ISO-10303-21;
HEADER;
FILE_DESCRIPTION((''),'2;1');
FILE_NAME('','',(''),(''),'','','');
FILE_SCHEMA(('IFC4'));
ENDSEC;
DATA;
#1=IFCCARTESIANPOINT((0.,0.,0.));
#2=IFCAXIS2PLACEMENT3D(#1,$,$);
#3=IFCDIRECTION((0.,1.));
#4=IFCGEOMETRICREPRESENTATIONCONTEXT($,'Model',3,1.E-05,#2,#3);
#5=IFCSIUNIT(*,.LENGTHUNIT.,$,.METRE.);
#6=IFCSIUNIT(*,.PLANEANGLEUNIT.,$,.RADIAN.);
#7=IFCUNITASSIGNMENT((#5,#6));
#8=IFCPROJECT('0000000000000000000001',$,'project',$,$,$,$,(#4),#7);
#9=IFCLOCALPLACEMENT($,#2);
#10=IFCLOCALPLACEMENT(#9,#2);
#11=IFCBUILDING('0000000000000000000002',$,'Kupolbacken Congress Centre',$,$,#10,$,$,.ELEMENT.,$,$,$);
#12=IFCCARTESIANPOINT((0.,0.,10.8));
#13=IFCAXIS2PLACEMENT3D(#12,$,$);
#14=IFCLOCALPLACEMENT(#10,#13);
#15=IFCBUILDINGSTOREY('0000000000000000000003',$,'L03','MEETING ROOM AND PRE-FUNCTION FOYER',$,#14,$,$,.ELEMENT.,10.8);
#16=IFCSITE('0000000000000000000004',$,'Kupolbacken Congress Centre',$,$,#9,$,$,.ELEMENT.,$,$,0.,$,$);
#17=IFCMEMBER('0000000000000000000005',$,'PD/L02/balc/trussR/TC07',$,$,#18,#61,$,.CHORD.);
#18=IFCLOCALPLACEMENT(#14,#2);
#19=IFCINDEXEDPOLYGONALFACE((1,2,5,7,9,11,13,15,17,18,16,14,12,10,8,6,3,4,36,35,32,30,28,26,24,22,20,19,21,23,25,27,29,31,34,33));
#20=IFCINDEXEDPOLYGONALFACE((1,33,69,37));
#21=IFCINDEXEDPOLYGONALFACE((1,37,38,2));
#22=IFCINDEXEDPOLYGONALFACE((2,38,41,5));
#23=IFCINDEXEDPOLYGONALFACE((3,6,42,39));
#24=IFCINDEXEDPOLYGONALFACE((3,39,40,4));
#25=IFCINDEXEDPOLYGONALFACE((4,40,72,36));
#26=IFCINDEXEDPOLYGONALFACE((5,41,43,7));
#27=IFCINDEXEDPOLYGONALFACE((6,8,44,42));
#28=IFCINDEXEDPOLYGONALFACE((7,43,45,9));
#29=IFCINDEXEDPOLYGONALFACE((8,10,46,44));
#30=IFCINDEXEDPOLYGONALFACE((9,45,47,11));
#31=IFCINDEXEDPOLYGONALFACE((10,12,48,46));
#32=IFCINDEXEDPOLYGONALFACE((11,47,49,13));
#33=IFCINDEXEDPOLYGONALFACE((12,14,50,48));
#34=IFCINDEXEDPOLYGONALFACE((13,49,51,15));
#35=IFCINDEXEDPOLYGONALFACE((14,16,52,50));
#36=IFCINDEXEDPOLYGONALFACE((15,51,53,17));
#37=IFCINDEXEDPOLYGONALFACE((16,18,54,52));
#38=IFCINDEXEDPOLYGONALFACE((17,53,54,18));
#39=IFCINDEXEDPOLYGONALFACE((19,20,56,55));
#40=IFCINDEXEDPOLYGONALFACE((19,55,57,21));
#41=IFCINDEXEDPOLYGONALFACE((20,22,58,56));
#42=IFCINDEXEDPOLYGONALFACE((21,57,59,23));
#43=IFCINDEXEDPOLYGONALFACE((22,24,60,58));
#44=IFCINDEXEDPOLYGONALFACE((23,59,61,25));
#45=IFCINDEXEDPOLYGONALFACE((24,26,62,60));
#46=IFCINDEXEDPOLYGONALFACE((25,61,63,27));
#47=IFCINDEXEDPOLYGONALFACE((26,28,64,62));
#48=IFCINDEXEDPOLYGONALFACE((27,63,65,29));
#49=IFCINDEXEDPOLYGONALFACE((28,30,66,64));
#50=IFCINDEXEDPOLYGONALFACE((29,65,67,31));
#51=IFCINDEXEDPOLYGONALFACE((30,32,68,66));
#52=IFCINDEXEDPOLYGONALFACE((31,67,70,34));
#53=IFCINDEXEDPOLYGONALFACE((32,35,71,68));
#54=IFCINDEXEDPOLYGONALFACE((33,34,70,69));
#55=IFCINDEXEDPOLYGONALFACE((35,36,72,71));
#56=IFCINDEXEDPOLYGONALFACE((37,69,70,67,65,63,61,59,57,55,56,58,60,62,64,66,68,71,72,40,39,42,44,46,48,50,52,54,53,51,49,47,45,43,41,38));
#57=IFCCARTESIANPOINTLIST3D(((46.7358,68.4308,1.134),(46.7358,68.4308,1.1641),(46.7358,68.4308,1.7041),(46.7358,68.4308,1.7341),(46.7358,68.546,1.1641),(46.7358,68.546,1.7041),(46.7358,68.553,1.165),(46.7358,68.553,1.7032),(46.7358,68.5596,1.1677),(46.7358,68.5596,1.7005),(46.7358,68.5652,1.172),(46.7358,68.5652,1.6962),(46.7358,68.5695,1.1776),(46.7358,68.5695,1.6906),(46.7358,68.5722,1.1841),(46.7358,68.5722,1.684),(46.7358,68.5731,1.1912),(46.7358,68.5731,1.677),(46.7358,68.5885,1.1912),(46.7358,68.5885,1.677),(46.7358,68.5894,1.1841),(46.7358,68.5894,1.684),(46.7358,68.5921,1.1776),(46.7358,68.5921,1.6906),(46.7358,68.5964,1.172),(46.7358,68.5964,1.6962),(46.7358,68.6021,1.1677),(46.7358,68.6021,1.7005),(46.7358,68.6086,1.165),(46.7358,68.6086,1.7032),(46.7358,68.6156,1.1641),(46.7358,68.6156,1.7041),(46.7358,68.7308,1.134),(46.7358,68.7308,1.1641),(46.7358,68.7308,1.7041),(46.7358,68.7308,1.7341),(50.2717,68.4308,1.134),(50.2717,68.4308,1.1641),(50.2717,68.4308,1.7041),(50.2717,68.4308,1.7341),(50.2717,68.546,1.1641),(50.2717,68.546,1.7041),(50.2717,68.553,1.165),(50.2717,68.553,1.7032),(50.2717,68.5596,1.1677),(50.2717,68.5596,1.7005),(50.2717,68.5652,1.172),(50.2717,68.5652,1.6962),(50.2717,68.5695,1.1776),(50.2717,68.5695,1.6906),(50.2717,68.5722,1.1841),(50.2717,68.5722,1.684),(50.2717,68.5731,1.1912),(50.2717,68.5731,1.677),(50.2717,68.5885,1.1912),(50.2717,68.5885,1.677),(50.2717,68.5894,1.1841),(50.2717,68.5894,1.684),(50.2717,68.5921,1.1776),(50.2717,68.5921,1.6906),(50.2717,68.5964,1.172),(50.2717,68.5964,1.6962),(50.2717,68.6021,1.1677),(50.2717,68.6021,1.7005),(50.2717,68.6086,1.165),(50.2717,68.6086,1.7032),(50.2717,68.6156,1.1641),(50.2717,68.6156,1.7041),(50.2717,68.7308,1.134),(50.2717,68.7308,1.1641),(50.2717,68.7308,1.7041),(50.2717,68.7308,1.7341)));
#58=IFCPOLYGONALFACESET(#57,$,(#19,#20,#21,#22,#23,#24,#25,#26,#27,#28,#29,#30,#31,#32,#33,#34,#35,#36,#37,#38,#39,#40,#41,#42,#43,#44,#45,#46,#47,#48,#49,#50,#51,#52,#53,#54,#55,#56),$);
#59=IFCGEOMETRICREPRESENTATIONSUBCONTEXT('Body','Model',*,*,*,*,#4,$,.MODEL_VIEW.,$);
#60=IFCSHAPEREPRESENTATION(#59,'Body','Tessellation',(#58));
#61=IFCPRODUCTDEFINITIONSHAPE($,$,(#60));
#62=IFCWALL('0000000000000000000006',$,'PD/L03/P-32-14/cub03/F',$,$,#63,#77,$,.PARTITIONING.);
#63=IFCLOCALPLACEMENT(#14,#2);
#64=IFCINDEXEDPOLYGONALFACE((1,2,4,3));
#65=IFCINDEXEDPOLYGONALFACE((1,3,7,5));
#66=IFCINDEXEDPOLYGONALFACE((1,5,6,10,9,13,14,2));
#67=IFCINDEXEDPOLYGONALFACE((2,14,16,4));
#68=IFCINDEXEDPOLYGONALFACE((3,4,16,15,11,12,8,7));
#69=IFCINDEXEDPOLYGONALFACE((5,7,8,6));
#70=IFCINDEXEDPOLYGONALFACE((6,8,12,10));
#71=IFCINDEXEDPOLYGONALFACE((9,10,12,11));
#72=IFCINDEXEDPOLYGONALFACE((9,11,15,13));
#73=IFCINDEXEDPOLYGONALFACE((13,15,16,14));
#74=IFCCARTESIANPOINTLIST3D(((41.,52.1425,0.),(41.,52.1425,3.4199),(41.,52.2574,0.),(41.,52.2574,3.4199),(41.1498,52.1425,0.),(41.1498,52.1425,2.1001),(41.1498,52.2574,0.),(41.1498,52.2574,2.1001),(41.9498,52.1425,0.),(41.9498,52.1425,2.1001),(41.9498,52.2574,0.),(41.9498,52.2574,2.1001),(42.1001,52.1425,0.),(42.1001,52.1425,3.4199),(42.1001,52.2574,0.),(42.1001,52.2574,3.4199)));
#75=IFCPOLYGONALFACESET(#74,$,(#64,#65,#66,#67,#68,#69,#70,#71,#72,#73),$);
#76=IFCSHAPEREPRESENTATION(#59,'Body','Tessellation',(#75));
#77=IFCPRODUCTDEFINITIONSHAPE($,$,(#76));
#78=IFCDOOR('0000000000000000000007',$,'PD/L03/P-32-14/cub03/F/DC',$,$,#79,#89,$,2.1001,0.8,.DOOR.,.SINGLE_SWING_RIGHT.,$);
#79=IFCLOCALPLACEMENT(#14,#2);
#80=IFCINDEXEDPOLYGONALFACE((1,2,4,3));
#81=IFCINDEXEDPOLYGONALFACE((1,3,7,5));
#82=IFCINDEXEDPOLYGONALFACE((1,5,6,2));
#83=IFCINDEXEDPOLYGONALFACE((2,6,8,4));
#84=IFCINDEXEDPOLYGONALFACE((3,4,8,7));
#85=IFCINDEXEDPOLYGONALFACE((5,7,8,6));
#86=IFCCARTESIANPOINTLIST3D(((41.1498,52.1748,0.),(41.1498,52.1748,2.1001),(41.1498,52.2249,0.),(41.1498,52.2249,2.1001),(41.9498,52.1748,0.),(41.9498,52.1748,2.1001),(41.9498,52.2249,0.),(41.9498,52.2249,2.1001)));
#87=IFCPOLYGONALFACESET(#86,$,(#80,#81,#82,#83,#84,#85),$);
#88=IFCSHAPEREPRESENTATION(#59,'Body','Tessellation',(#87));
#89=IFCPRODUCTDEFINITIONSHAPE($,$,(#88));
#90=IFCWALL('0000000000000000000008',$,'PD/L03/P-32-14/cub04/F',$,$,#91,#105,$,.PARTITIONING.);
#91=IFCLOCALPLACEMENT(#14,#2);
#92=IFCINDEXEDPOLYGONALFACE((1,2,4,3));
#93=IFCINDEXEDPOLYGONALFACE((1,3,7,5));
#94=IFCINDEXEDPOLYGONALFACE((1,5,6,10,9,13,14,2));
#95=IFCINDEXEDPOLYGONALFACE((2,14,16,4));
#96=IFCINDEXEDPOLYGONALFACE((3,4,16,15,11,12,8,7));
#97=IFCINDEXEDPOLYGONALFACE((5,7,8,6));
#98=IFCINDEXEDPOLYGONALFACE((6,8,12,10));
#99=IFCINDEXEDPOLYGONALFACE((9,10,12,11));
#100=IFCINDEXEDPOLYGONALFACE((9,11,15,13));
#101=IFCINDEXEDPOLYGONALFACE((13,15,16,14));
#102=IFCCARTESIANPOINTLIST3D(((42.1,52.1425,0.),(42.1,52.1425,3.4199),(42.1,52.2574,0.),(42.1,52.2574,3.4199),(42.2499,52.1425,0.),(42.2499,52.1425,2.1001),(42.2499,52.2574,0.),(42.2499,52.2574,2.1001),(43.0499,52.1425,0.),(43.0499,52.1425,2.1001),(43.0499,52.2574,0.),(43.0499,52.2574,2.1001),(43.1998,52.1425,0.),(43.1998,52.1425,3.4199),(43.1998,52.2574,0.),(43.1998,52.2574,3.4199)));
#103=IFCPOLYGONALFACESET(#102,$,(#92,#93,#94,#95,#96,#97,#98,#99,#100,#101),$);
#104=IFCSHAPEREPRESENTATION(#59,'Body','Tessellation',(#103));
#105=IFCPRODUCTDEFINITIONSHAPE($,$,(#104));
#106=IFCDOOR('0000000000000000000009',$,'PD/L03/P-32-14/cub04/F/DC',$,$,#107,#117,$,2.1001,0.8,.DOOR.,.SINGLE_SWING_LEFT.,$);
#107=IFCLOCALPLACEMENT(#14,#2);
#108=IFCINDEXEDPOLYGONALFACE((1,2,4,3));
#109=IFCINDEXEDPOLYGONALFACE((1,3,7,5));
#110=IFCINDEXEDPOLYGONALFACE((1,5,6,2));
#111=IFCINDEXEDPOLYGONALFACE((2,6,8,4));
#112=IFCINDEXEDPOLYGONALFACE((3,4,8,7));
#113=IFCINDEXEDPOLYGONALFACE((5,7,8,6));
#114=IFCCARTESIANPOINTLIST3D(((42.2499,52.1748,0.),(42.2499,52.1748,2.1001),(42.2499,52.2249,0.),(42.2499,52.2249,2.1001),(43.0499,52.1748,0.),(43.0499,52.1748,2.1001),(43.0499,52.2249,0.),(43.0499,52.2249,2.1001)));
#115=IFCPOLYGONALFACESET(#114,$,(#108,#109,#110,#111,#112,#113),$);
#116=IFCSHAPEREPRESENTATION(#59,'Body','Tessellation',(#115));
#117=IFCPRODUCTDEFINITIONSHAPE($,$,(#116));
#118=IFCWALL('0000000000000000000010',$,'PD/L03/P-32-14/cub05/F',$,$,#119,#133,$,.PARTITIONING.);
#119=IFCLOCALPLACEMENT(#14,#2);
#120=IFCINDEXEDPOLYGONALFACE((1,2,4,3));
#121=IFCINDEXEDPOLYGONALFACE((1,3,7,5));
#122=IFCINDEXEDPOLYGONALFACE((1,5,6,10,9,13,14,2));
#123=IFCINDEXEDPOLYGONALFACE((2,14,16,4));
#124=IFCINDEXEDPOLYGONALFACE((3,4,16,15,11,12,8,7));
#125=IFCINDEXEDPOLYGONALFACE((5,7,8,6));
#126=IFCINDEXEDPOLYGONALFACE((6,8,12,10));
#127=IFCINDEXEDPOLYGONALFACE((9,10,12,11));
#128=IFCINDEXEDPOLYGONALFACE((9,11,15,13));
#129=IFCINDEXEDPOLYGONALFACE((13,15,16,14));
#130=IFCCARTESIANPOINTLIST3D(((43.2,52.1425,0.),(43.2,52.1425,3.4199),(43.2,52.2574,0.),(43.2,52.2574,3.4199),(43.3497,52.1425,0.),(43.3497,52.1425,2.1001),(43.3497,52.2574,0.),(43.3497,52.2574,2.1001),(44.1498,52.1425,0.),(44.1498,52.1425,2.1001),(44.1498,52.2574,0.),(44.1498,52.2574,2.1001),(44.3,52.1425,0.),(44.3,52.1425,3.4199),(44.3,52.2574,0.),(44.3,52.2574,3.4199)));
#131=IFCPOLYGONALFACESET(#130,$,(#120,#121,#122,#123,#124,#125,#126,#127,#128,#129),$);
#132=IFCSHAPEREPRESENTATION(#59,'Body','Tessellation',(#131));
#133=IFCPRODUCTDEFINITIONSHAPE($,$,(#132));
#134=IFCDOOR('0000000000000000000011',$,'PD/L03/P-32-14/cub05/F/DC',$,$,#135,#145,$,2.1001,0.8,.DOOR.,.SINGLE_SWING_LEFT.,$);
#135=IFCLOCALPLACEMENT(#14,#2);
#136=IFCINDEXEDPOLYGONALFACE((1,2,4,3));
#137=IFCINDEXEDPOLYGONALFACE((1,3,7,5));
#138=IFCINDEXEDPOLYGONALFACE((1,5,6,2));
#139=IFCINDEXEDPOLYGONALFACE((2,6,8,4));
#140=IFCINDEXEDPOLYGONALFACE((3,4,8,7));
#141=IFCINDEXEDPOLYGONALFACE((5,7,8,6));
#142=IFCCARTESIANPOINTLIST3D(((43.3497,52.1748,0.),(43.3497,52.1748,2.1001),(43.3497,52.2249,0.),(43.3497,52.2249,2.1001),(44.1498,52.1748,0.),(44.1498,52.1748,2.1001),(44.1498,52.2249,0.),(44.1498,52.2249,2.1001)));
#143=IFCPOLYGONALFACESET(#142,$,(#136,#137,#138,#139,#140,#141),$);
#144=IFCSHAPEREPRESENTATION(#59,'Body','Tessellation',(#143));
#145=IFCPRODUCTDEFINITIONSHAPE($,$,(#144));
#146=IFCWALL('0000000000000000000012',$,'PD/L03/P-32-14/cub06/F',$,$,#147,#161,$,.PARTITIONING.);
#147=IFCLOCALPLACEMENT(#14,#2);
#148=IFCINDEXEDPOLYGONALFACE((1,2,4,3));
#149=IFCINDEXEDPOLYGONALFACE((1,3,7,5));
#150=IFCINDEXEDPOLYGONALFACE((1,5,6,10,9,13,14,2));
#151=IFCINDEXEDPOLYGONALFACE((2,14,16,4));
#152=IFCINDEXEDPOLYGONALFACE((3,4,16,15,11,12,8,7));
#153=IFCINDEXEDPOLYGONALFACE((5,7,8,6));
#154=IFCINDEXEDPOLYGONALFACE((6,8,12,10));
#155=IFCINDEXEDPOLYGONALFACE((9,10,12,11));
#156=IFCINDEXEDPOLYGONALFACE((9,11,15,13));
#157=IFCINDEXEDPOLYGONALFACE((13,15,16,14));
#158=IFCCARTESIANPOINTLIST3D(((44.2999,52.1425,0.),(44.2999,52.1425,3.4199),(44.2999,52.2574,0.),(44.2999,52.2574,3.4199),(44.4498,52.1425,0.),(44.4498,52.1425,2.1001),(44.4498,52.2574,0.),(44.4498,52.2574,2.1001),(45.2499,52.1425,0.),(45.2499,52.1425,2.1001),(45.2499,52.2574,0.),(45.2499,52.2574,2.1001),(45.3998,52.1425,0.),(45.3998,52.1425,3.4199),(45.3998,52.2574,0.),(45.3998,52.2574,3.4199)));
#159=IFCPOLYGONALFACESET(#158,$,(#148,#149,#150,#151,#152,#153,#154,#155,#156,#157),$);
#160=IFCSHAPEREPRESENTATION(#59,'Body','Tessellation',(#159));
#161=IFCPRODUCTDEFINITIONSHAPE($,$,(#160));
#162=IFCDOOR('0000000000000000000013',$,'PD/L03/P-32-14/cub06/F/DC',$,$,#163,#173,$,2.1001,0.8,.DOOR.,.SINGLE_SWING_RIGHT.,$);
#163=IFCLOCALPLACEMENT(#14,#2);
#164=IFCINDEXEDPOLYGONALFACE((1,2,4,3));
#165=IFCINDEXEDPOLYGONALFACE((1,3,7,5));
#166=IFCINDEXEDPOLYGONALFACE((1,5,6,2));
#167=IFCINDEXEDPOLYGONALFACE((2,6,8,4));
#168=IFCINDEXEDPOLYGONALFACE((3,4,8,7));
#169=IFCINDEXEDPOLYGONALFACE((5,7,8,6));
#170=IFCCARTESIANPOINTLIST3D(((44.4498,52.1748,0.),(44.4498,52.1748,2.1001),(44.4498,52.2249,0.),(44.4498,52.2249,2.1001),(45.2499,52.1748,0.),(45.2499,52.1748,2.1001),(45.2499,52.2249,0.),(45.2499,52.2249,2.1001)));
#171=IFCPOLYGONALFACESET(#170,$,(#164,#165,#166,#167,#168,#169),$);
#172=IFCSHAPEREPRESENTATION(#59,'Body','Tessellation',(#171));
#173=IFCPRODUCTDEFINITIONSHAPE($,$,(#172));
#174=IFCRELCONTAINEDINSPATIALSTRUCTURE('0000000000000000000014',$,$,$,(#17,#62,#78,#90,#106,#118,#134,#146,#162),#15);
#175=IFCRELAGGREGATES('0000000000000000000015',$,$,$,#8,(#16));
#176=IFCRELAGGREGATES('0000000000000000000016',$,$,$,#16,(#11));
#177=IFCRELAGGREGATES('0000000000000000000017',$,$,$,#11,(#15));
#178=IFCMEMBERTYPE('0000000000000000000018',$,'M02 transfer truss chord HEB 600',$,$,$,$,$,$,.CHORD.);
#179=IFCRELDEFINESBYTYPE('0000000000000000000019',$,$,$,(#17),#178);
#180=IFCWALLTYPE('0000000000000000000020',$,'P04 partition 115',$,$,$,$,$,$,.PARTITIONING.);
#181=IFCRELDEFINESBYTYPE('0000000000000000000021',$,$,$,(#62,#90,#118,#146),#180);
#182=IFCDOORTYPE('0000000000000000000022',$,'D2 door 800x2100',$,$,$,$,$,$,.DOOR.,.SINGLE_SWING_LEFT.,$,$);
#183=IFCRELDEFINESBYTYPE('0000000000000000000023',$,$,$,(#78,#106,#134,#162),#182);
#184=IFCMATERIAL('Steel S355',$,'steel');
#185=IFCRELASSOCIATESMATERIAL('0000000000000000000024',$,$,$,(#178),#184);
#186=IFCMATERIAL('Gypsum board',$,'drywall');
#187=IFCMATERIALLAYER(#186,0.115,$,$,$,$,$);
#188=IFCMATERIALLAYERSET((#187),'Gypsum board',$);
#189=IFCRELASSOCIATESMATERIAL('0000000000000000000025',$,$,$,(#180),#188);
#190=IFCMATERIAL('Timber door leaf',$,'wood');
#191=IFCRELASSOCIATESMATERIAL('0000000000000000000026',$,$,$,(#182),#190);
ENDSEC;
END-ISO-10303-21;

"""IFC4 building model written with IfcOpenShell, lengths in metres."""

from ifc_helpers import new_model, si_unit, direction, frame, frame_2d, origin, origin_2d, place, context, subcontext, project, spatial, rectangle, i_section, extrude, material, layer, layer_set, material_profile, profile_set, type_object, element, fill, save


model = new_model("IFC4")

# Units and contexts
model_context = context("Model", 3, precision=1e-05, world=origin(), true_north=direction((0.0, 1.0)))
body_context = subcontext(model_context, "Body", "Model", "MODEL_VIEW")
ifc_project = project(units=[si_unit("LENGTHUNIT", "METRE"), si_unit("PLANEANGLEUNIT", "RADIAN")], contexts=[model_context])

# Site, building, storey
site_placement = place(None, origin())
site = spatial("IfcSite", under=ifc_project, at=site_placement, Name="Kupolbacken Congress Centre", CompositionType="ELEMENT", RefElevation=0.0)
building_placement = place(site_placement, origin())
building = spatial("IfcBuilding", under=site, at=building_placement, Name="Kupolbacken Congress Centre", CompositionType="ELEMENT")
storey_placement = place(building_placement, frame((0.0, 0.0, 10.8)))
storey = spatial("IfcBuildingStorey", under=building, at=storey_placement, Name="L03", Description="MEETING ROOM AND PRE-FUNCTION FOYER", CompositionType="ELEMENT", Elevation=10.8)

# Member
ifc_material_1 = material(Name="Steel S355", Category="steel")
ifc_material_profile_1 = material_profile(ifc_material_1, i_section(OverallWidth=0.3, OverallDepth=0.6001, WebThickness=0.0154, FlangeThickness=0.03, FilletRadius=0.0271, at=origin_2d()), Name="HEB 600")
ifc_profile_set_1 = profile_set([ifc_material_profile_1], Name="Steel S355")
member_type = type_object("IfcMemberType", Name="M02 transfer truss chord HEB 600", PredefinedType="CHORD", material=ifc_profile_set_1)
for number, where, z_axis, x_axis, name in (
    (1, (46.7358, 68.5808, 1.4341), (1.0, 0.0, 0.0), (0.0, 1.0, 0.0), "PD/L02/balc/trussR/TC07"),
):
    element("IfcMember", number, at=place(storey_placement, frame(where, z_axis=z_axis, x_axis=x_axis)), inside=storey, type_object=member_type, Name=name, PredefinedType="CHORD", context=body_context, shape_type="SweptSolid", body=[
        extrude(i_section(OverallWidth=0.3, OverallDepth=0.6001, WebThickness=0.0154, FlangeThickness=0.03, FilletRadius=0.0271, at=origin_2d()), origin(), (0.0, 0.0, 1.0), 3.5359),
    ])

# Walls, openings, doors
ifc_material_2 = material(Name="Gypsum board", Category="drywall")
ifc_layer_1 = layer(ifc_material_2, 0.115)
ifc_layer_set_1 = layer_set([ifc_layer_1], Name="Gypsum board")
wall_type_1 = type_object("IfcWallType", Name="P04 partition 115", PredefinedType="PARTITIONING", material=ifc_layer_set_1)
wall_1_placement = place(storey_placement, frame((41.0, 52.2, 0.0), z_axis=(0.0, 0.0, 1.0), x_axis=(1.0, 0.0, 0.0)))
wall_1 = element("IfcWall", 2, at=wall_1_placement, inside=storey, type_object=wall_type_1, Name="PD/L03/P-32-14/cub03/F", PredefinedType="PARTITIONING", context=body_context, shape_type="SweptSolid", body=[
    extrude(rectangle(XDim=1.1001, YDim=0.115, at=frame_2d((0.55, 0.0))), origin(), (0.0, 0.0, 1.0), 3.4199),
])
opening_1_placement = place(wall_1_placement, frame((0.1499, 0.0, 0.0)))
opening_1 = element("IfcOpeningElement", 3, at=opening_1_placement, cuts=wall_1, PredefinedType="OPENING", context=body_context, shape_type="SweptSolid", body=[
    extrude(rectangle(XDim=0.8, YDim=2.1001, at=frame_2d((0.3999, 1.05))), frame((0.0, 0.0674, 0.0), z_axis=(0.0, -1.0, 0.0), x_axis=(1.0, 0.0, 0.0)), (0.0, 0.0, 1.0), 0.135),
])
ifc_material_3 = material(Name="Timber door leaf", Category="wood")
door_type = type_object("IfcDoorType", Name="D2 door 800x2100", OperationType="SINGLE_SWING_LEFT", PredefinedType="DOOR", material=ifc_material_3)
door_1_placement = place(opening_1_placement, origin())
door_1 = element("IfcDoor", 4, at=door_1_placement, inside=storey, type_object=door_type, Name="PD/L03/P-32-14/cub03/F/DC", OperationType="SINGLE_SWING_RIGHT", OverallHeight=2.1001, OverallWidth=0.8, PredefinedType="DOOR", context=body_context, shape_type="SweptSolid", body=[
    extrude(rectangle(XDim=0.8, YDim=2.1001, at=frame_2d((0.3999, 1.05))), frame((0.0, 0.0249, 0.0), z_axis=(0.0, -1.0, 0.0), x_axis=(1.0, 0.0, 0.0)), (0.0, 0.0, 1.0), 0.05),
])
fill(opening_1, door_1)
wall_2_placement = place(storey_placement, frame((42.1001, 52.2, 0.0), z_axis=(0.0, 0.0, 1.0), x_axis=(1.0, 0.0, 0.0)))
wall_2 = element("IfcWall", 5, at=wall_2_placement, inside=storey, type_object=wall_type_1, Name="PD/L03/P-32-14/cub04/F", PredefinedType="PARTITIONING", context=body_context, shape_type="SweptSolid", body=[
    extrude(rectangle(XDim=1.0999, YDim=0.115, at=frame_2d((0.5498, 0.0))), origin(), (0.0, 0.0, 1.0), 3.4199),
])
opening_2_placement = place(wall_2_placement, frame((0.1499, 0.0, 0.0)))
opening_2 = element("IfcOpeningElement", 6, at=opening_2_placement, cuts=wall_2, PredefinedType="OPENING", context=body_context, shape_type="SweptSolid", body=[
    extrude(rectangle(XDim=0.8, YDim=2.1001, at=frame_2d((0.3999, 1.05))), frame((0.0, 0.0674, 0.0), z_axis=(0.0, -1.0, 0.0), x_axis=(1.0, 0.0, 0.0)), (0.0, 0.0, 1.0), 0.135),
])
door_2_placement = place(opening_2_placement, origin())
door_2 = element("IfcDoor", 7, at=door_2_placement, inside=storey, type_object=door_type, Name="PD/L03/P-32-14/cub04/F/DC", OperationType="SINGLE_SWING_LEFT", OverallHeight=2.1001, OverallWidth=0.8, PredefinedType="DOOR", context=body_context, shape_type="SweptSolid", body=[
    extrude(rectangle(XDim=0.8, YDim=2.1001, at=frame_2d((0.3999, 1.05))), frame((0.0, 0.0249, 0.0), z_axis=(0.0, -1.0, 0.0), x_axis=(1.0, 0.0, 0.0)), (0.0, 0.0, 1.0), 0.05),
])
fill(opening_2, door_2)
wall_3_placement = place(storey_placement, frame((43.2, 52.2, 0.0), z_axis=(0.0, 0.0, 1.0), x_axis=(1.0, 0.0, 0.0)))
wall_3 = element("IfcWall", 8, at=wall_3_placement, inside=storey, type_object=wall_type_1, Name="PD/L03/P-32-14/cub05/F", PredefinedType="PARTITIONING", context=body_context, shape_type="SweptSolid", body=[
    extrude(rectangle(XDim=1.1001, YDim=0.115, at=frame_2d((0.55, 0.0))), origin(), (0.0, 0.0, 1.0), 3.4199),
])
opening_3_placement = place(wall_3_placement, frame((0.1499, 0.0, 0.0)))
opening_3 = element("IfcOpeningElement", 9, at=opening_3_placement, cuts=wall_3, PredefinedType="OPENING", context=body_context, shape_type="SweptSolid", body=[
    extrude(rectangle(XDim=0.8, YDim=2.1001, at=frame_2d((0.3999, 1.05))), frame((0.0, 0.0674, 0.0), z_axis=(0.0, -1.0, 0.0), x_axis=(1.0, 0.0, 0.0)), (0.0, 0.0, 1.0), 0.135),
])
door_3_placement = place(opening_3_placement, origin())
door_3 = element("IfcDoor", 10, at=door_3_placement, inside=storey, type_object=door_type, Name="PD/L03/P-32-14/cub05/F/DC", OperationType="SINGLE_SWING_LEFT", OverallHeight=2.1001, OverallWidth=0.8, PredefinedType="DOOR", context=body_context, shape_type="SweptSolid", body=[
    extrude(rectangle(XDim=0.8, YDim=2.1001, at=frame_2d((0.3999, 1.05))), frame((0.0, 0.0249, 0.0), z_axis=(0.0, -1.0, 0.0), x_axis=(1.0, 0.0, 0.0)), (0.0, 0.0, 1.0), 0.05),
])
fill(opening_3, door_3)
wall_4_placement = place(storey_placement, frame((44.3, 52.2, 0.0), z_axis=(0.0, 0.0, 1.0), x_axis=(1.0, 0.0, 0.0)))
wall_4 = element("IfcWall", 11, at=wall_4_placement, inside=storey, type_object=wall_type_1, Name="PD/L03/P-32-14/cub06/F", PredefinedType="PARTITIONING", context=body_context, shape_type="SweptSolid", body=[
    extrude(rectangle(XDim=1.0999, YDim=0.115, at=frame_2d((0.5498, 0.0))), origin(), (0.0, 0.0, 1.0), 3.4199),
])
opening_4_placement = place(wall_4_placement, frame((0.1499, 0.0, 0.0)))
opening_4 = element("IfcOpeningElement", 12, at=opening_4_placement, cuts=wall_4, PredefinedType="OPENING", context=body_context, shape_type="SweptSolid", body=[
    extrude(rectangle(XDim=0.8, YDim=2.1001, at=frame_2d((0.3999, 1.05))), frame((0.0, 0.0674, 0.0), z_axis=(0.0, -1.0, 0.0), x_axis=(1.0, 0.0, 0.0)), (0.0, 0.0, 1.0), 0.135),
])
door_4_placement = place(opening_4_placement, origin())
door_4 = element("IfcDoor", 13, at=door_4_placement, inside=storey, type_object=door_type, Name="PD/L03/P-32-14/cub06/F/DC", OperationType="SINGLE_SWING_RIGHT", OverallHeight=2.1001, OverallWidth=0.8, PredefinedType="DOOR", context=body_context, shape_type="SweptSolid", body=[
    extrude(rectangle(XDim=0.8, YDim=2.1001, at=frame_2d((0.3999, 1.05))), frame((0.0, 0.0249, 0.0), z_axis=(0.0, -1.0, 0.0), x_axis=(1.0, 0.0, 0.0)), (0.0, 0.0, 1.0), 0.05),
])
fill(opening_4, door_4)

save(model, "model.ifc")
